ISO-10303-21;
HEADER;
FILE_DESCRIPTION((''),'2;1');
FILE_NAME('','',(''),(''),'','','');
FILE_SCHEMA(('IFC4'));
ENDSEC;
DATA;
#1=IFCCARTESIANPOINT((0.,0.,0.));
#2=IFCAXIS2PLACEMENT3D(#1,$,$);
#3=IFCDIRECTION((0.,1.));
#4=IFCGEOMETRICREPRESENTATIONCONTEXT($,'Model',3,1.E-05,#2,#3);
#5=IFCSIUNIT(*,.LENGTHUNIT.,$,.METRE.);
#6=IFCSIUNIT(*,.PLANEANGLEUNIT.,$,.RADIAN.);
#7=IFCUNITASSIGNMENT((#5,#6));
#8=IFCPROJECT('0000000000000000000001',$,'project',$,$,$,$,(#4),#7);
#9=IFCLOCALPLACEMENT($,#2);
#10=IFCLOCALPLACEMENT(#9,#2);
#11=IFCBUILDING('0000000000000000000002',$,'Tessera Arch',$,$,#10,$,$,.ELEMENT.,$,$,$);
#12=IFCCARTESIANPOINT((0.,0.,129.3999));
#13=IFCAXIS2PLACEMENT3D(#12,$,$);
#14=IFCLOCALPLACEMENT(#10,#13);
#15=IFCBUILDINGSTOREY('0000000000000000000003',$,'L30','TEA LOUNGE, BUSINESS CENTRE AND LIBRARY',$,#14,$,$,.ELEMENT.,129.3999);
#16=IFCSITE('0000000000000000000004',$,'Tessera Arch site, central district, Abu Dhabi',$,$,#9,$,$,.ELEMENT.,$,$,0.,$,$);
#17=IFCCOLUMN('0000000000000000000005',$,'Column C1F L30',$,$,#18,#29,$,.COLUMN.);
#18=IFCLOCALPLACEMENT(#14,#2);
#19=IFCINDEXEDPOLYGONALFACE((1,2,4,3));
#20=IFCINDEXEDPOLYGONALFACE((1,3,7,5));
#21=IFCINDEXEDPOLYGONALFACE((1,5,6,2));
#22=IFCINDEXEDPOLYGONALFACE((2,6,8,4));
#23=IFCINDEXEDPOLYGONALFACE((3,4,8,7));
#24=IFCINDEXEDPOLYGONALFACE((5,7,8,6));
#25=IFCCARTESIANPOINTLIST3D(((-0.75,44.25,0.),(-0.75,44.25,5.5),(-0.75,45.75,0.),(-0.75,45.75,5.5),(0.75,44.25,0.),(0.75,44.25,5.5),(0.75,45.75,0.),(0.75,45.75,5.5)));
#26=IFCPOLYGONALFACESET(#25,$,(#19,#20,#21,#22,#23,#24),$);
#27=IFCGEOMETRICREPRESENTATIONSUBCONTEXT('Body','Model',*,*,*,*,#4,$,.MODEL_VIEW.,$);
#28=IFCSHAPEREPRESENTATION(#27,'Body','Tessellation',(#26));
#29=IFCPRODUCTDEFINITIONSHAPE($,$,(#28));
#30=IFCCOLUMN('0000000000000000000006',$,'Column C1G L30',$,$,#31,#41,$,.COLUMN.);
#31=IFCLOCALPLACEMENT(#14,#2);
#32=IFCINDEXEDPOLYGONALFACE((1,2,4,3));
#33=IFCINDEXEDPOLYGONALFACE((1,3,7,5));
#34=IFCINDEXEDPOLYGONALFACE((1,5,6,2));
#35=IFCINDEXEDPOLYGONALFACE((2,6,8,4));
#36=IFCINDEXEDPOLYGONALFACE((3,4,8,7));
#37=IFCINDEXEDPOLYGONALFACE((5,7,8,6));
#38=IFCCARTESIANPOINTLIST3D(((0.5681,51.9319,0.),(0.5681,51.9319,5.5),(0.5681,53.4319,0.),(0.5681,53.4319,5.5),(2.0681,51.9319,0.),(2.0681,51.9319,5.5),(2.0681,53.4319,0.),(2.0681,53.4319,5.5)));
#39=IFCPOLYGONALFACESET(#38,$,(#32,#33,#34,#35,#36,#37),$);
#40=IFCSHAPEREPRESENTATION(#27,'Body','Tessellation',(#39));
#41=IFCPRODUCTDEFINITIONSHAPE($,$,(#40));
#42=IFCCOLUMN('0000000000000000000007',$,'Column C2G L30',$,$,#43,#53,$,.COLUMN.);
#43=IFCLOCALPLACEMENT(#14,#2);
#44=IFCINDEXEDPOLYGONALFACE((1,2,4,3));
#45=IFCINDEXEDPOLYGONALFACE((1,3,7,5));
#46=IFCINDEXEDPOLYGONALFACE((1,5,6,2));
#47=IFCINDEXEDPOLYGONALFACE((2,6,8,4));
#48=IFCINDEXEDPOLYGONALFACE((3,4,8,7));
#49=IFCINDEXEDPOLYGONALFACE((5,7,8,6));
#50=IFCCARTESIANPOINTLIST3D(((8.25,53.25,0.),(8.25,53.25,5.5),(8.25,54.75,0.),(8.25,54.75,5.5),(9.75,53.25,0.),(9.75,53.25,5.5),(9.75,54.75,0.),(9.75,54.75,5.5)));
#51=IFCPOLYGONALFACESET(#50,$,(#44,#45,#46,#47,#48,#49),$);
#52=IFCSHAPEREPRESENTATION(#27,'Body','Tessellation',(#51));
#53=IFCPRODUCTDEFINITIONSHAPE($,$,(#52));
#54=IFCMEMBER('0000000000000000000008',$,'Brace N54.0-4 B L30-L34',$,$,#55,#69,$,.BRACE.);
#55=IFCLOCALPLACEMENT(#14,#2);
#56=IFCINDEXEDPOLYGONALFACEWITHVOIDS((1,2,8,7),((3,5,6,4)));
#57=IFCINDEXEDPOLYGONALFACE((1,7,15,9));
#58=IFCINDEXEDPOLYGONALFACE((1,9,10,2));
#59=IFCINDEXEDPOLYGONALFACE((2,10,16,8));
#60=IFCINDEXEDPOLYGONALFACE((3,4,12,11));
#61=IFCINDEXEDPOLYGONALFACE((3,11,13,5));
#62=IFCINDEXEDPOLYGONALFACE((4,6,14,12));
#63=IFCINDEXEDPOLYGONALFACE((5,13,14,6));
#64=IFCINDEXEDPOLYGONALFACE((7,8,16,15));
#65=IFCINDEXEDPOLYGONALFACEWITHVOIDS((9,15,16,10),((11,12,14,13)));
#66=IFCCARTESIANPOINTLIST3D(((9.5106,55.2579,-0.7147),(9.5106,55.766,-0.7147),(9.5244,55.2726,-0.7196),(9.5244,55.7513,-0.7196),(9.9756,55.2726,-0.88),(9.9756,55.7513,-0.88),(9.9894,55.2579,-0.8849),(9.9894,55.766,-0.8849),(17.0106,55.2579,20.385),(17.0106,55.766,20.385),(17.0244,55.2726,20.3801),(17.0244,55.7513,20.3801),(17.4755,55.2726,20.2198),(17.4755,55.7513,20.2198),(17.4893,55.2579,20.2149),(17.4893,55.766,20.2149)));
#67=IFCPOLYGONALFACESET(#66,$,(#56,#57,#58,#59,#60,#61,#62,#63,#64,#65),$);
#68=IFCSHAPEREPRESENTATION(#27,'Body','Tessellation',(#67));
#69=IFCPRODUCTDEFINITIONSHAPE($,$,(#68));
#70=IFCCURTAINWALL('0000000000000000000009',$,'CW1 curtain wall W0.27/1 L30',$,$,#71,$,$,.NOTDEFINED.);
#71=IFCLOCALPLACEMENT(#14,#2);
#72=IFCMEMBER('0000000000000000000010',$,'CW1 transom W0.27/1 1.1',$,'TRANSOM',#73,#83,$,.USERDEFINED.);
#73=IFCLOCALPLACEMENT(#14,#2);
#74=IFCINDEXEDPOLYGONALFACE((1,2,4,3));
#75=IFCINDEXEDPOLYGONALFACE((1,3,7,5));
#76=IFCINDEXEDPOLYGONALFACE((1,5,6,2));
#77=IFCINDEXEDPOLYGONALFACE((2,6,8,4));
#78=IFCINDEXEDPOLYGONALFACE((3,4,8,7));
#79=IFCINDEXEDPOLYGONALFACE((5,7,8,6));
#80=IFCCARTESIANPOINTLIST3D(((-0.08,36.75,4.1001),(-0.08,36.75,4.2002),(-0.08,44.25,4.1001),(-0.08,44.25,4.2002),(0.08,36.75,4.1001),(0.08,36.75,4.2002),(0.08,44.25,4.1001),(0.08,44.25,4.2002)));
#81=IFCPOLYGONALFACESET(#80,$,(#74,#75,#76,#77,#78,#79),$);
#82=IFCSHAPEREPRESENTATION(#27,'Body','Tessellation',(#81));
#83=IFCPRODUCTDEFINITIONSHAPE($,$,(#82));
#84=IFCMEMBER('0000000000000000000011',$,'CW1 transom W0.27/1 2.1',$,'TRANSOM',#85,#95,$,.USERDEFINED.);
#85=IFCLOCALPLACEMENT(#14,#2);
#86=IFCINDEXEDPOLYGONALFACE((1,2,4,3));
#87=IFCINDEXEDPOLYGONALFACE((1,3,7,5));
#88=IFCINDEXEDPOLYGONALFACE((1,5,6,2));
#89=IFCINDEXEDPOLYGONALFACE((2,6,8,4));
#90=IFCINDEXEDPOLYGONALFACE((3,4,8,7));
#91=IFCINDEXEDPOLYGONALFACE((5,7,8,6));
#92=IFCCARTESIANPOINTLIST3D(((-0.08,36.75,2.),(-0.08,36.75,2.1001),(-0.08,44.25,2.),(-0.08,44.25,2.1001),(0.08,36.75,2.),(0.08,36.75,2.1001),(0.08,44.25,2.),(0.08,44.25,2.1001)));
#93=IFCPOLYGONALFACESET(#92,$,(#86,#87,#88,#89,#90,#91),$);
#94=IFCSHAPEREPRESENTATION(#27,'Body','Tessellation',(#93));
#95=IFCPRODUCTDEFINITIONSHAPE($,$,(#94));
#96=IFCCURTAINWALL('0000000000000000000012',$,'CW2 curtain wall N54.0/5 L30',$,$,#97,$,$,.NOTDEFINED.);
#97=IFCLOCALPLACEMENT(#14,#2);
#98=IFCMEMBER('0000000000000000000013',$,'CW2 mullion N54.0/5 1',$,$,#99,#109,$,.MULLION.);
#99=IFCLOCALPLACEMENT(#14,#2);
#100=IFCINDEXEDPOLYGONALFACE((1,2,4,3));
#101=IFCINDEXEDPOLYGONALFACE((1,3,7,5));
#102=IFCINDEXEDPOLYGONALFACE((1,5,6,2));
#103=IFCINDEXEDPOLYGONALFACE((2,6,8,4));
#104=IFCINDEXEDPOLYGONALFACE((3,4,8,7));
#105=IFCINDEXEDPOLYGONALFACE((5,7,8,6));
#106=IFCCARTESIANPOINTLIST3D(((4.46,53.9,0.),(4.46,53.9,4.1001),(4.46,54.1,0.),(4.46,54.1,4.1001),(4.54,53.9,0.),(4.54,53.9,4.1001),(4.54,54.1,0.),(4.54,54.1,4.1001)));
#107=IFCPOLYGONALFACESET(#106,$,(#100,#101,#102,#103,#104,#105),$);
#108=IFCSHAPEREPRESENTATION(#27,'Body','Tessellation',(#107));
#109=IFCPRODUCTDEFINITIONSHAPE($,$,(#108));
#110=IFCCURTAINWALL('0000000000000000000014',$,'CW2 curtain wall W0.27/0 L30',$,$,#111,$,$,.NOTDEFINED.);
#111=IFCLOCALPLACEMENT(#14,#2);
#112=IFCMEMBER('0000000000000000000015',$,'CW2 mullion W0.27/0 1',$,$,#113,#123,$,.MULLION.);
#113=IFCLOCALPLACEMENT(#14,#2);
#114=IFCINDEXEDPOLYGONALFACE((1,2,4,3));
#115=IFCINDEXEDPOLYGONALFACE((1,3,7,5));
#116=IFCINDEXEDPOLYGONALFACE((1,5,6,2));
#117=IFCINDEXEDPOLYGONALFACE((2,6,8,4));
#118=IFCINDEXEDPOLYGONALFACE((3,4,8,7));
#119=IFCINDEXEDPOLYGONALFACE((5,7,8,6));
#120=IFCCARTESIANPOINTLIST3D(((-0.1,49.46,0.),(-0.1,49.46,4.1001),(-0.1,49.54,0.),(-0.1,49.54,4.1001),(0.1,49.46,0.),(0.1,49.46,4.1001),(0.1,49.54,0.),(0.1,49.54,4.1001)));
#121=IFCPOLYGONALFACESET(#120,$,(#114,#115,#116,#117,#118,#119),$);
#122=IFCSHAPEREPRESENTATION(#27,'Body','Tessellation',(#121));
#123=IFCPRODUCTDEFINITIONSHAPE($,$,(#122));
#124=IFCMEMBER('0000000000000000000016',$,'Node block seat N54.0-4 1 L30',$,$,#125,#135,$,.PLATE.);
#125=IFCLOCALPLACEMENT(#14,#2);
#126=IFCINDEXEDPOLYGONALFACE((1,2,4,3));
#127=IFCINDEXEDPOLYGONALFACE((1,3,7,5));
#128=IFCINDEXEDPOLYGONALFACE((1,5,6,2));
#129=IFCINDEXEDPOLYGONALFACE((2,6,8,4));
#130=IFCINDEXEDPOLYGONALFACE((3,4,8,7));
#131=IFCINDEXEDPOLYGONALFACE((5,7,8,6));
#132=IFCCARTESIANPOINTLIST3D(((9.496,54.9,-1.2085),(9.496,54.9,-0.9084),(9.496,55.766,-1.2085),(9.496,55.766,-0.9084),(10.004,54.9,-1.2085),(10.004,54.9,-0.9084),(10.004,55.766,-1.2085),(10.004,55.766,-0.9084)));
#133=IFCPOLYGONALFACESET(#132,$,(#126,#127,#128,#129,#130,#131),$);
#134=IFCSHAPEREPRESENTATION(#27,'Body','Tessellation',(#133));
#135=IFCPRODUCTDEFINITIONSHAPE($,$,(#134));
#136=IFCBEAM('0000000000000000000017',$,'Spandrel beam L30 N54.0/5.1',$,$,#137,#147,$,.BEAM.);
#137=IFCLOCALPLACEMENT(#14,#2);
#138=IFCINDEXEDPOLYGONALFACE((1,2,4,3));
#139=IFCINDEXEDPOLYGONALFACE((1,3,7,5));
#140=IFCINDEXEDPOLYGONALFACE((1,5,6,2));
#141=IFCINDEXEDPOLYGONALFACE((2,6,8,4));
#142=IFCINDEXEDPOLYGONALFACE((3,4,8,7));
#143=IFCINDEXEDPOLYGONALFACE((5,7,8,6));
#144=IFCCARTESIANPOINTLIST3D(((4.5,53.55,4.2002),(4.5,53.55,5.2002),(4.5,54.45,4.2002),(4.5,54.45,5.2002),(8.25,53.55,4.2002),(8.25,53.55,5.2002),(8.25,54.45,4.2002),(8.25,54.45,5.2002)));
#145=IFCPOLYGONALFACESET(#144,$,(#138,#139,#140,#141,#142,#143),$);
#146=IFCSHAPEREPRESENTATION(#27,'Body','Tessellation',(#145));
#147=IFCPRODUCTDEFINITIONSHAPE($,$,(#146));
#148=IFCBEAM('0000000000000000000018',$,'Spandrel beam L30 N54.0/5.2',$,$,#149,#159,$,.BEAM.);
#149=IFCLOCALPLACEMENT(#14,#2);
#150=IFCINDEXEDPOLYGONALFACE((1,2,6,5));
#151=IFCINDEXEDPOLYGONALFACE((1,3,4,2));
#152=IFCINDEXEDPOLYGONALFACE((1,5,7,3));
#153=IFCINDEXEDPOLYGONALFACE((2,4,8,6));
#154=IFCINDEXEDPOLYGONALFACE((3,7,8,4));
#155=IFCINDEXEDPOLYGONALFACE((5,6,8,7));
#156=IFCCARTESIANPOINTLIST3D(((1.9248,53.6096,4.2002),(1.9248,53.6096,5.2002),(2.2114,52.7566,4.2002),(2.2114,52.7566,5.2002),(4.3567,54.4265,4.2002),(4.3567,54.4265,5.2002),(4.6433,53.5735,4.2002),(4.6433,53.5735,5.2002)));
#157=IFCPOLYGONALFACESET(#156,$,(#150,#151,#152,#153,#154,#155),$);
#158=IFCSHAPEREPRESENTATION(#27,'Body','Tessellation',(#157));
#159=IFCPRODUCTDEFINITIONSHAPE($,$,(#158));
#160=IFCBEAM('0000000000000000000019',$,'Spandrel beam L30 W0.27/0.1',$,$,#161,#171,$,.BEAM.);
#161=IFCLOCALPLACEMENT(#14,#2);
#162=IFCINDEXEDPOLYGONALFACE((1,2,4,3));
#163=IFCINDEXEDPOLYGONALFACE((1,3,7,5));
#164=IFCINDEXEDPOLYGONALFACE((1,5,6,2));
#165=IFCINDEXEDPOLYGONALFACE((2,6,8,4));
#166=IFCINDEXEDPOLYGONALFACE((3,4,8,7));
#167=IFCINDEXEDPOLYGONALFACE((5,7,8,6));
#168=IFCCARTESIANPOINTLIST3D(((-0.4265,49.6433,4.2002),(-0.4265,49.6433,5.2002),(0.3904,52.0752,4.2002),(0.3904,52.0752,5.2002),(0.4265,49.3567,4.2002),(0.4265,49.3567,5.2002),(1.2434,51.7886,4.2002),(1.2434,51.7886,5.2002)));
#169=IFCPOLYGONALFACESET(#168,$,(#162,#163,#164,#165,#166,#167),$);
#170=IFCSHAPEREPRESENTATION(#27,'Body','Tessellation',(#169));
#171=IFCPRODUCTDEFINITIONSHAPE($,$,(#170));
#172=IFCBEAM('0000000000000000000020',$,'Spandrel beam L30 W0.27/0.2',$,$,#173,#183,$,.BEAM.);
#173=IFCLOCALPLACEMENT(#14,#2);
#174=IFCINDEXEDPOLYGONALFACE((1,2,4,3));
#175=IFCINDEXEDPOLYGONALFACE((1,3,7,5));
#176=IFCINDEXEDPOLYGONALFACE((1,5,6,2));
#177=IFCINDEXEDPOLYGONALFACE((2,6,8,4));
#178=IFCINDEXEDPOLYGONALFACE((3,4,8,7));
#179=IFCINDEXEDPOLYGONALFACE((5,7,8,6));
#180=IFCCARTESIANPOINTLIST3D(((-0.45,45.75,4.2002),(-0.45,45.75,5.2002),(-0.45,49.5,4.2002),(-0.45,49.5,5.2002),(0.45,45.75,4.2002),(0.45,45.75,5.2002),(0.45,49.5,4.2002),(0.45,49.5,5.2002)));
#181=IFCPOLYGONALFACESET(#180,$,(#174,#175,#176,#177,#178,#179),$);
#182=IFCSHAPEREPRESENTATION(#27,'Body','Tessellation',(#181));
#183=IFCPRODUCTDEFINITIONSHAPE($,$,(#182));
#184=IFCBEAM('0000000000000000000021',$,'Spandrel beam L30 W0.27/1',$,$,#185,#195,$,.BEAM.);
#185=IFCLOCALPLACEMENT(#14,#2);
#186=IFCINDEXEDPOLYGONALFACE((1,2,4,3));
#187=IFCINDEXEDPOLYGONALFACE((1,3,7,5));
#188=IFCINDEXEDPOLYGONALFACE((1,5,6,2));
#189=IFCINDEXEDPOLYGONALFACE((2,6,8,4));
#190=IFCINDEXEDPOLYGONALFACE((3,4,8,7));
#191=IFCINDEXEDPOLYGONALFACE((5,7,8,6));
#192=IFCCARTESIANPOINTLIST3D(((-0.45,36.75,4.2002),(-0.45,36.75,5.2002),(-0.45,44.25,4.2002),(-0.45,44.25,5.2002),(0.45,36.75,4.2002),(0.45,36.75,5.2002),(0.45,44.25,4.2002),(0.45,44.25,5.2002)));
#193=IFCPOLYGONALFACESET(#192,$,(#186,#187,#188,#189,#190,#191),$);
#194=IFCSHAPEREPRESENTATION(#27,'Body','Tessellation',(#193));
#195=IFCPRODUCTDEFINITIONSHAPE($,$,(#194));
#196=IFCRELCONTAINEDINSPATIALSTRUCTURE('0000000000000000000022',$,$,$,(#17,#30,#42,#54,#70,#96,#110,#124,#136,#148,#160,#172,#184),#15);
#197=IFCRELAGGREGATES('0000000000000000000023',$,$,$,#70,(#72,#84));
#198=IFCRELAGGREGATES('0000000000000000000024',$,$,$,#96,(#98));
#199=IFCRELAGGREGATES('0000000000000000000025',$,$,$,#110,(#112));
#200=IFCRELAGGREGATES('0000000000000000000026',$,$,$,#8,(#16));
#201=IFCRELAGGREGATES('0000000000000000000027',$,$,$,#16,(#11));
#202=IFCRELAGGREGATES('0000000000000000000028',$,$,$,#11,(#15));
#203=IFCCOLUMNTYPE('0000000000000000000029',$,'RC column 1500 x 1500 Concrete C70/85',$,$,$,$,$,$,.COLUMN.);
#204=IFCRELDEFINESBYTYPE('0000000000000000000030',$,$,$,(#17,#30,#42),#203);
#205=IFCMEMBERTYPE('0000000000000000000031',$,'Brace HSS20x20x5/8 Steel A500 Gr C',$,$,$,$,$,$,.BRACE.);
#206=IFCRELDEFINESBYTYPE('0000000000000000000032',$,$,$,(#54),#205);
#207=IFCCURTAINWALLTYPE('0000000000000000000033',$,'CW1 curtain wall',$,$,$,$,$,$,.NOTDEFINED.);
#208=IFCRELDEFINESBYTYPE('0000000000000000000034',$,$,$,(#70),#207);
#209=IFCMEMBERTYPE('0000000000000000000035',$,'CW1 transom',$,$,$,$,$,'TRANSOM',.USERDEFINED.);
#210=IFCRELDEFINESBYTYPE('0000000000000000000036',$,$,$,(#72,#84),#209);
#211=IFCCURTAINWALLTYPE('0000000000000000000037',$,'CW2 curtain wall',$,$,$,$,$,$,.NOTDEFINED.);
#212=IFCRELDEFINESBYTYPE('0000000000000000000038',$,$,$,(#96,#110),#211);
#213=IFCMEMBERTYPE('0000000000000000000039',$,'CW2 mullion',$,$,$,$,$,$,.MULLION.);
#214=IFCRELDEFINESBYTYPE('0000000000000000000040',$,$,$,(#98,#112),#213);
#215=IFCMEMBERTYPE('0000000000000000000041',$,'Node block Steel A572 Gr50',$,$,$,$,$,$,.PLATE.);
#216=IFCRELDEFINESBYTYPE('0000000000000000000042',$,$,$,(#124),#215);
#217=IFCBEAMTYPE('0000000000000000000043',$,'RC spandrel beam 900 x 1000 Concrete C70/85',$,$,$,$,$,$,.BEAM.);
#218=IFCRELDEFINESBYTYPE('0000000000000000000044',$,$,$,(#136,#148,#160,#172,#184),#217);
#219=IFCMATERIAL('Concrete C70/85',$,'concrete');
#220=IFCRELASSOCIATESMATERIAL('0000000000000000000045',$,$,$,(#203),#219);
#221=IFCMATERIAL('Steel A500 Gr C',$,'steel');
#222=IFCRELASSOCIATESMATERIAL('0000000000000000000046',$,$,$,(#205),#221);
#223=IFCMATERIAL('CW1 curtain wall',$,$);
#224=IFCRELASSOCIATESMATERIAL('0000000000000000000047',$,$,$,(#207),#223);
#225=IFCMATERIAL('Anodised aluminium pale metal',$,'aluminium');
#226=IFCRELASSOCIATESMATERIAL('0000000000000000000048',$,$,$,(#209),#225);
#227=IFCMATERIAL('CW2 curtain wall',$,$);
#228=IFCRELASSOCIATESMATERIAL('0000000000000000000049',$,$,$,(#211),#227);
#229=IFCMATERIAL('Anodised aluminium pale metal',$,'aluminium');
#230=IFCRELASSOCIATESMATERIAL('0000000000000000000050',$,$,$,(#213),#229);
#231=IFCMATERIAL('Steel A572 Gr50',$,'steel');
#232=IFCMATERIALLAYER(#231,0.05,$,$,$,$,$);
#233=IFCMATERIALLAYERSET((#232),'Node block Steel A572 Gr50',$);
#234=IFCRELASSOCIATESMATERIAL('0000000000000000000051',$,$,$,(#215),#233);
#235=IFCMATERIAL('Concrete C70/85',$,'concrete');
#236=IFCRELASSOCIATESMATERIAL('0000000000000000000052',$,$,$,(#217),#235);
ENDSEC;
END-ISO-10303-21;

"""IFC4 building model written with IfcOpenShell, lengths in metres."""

from ifc_helpers import new_model, si_unit, direction, frame, origin, origin_2d, place, context, subcontext, project, spatial, rectangle, hollow_rectangle, extrude, material, layer, layer_set, material_profile, profile_set, type_object, element, aggregate, save


model = new_model("IFC4")

# Units and contexts
model_context = context("Model", 3, precision=1e-05, world=origin(), true_north=direction((0.0, 1.0)))
body_context = subcontext(model_context, "Body", "Model", "MODEL_VIEW")
ifc_project = project(units=[si_unit("LENGTHUNIT", "METRE"), si_unit("PLANEANGLEUNIT", "RADIAN")], contexts=[model_context])

# Site, building, storey
site_placement = place(None, origin())
site = spatial("IfcSite", under=ifc_project, at=site_placement, Name="Tessera Arch site, central district, Abu Dhabi", CompositionType="ELEMENT", RefElevation=0.0)
building_placement = place(site_placement, origin())
building = spatial("IfcBuilding", under=site, at=building_placement, Name="Tessera Arch", CompositionType="ELEMENT")
storey_placement = place(building_placement, frame((0.0, 0.0, 129.3999)))
storey = spatial("IfcBuildingStorey", under=building, at=storey_placement, Name="L30", Description="TEA LOUNGE, BUSINESS CENTRE AND LIBRARY", CompositionType="ELEMENT", Elevation=129.3999)

# Columns
ifc_material_1 = material(Name="Concrete C70/85", Category="concrete")
ifc_material_profile_1 = material_profile(ifc_material_1, rectangle(XDim=1.5, YDim=1.5, at=origin_2d()), Name="RC column 1500 x 1500 Concrete C70/85")
ifc_profile_set_1 = profile_set([ifc_material_profile_1], Name="Concrete C70/85")
column_type = type_object("IfcColumnType", Name="RC column 1500 x 1500 Concrete C70/85", PredefinedType="COLUMN", material=ifc_profile_set_1)
for number, where, z_axis, x_axis, name in (
    (1, (0.0, 45.0, 0.0), (0.0, 0.0, 1.0), (1.0, 0.0, 0.0), "Column C1F L30"),
    (2, (1.3181, 52.6819, 0.0), (0.0, 0.0, 1.0), (1.0, 0.0, 0.0), "Column C1G L30"),
    (3, (9.0, 54.0, 0.0), (0.0, 0.0, 1.0), (1.0, 0.0, 0.0), "Column C2G L30"),
):
    element("IfcColumn", number, at=place(storey_placement, frame(where, z_axis=z_axis, x_axis=x_axis)), inside=storey, type_object=column_type, Name=name, PredefinedType="COLUMN", context=body_context, shape_type="SweptSolid", body=[
        extrude(rectangle(XDim=1.5, YDim=1.5, at=origin_2d()), origin(), (0.0, 0.0, 1.0), 5.5),
    ])

# Member
ifc_material_2 = material(Name="Steel A500 Gr C", Category="steel")
ifc_material_profile_2 = material_profile(ifc_material_2, hollow_rectangle(XDim=0.5081, YDim=0.5081, WallThickness=0.0146, at=origin_2d()), Name="HSS20x20x5/8")
ifc_profile_set_2 = profile_set([ifc_material_profile_2], Name="Steel A500 Gr C")
member_type_1 = type_object("IfcMemberType", Name="Brace HSS20x20x5/8 Steel A500 Gr C", PredefinedType="BRACE", material=ifc_profile_set_2)
member_1_placement = place(storey_placement, frame((9.75, 55.512, -0.7998), z_axis=(0.334924, 0.0, 0.942245), x_axis=(0.0, 1.0, 0.0)))
element("IfcMember", 4, at=member_1_placement, inside=storey, type_object=member_type_1, Name="Brace N54.0-4 B L30-L34", PredefinedType="BRACE", context=body_context, shape_type="SweptSolid", body=[
    extrude(hollow_rectangle(XDim=0.5081, YDim=0.5081, WallThickness=0.0146, at=origin_2d()), origin(), (0.0, 0.0, 1.0), 22.3931),
])

# Curtain wall, members
ifc_material_3 = material(Name="CW1 curtain wall")
curtain_wall_type_1 = type_object("IfcCurtainWallType", Name="CW1 curtain wall", PredefinedType="NOTDEFINED", material=ifc_material_3)
curtain_wall_1_placement = place(storey_placement, origin())
curtain_wall_1 = element("IfcCurtainWall", 5, at=curtain_wall_1_placement, inside=storey, type_object=curtain_wall_type_1, Name="CW1 curtain wall W0.27/1 L30", PredefinedType="NOTDEFINED")
ifc_material_4 = material(Name="Anodised aluminium pale metal", Category="aluminium")
ifc_material_profile_3 = material_profile(ifc_material_4, rectangle(XDim=0.1599, YDim=0.1001, at=origin_2d()), Name="AL 160x100")
ifc_profile_set_3 = profile_set([ifc_material_profile_3], Name="Anodised aluminium pale metal")
member_type_2 = type_object("IfcMemberType", Name="CW1 transom", ElementType="TRANSOM", PredefinedType="USERDEFINED", material=ifc_profile_set_3)
member_2_placement = place(storey_placement, frame((0.0, 44.25, 4.1501), z_axis=(0.0, -1.0, 0.0), x_axis=(1.0, 0.0, 0.0)))
member_2 = element("IfcMember", 6, at=member_2_placement, type_object=member_type_2, Name="CW1 transom W0.27/1 1.1", ObjectType="TRANSOM", PredefinedType="USERDEFINED", context=body_context, shape_type="SweptSolid", body=[
    extrude(rectangle(XDim=0.1599, YDim=0.1001, at=origin_2d()), origin(), (0.0, 0.0, 1.0), 7.5),
])
member_3_placement = place(storey_placement, frame((0.0, 44.25, 2.05), z_axis=(0.0, -1.0, 0.0), x_axis=(1.0, 0.0, 0.0)))
member_3 = element("IfcMember", 7, at=member_3_placement, type_object=member_type_2, Name="CW1 transom W0.27/1 2.1", ObjectType="TRANSOM", PredefinedType="USERDEFINED", context=body_context, shape_type="SweptSolid", body=[
    extrude(rectangle(XDim=0.1599, YDim=0.1001, at=origin_2d()), origin(), (0.0, 0.0, 1.0), 7.5),
])
aggregate(curtain_wall_1, [member_2, member_3])

# Curtain walls, members
ifc_material_5 = material(Name="CW2 curtain wall")
curtain_wall_type_2 = type_object("IfcCurtainWallType", Name="CW2 curtain wall", PredefinedType="NOTDEFINED", material=ifc_material_5)
curtain_wall_2_placement = place(storey_placement, origin())
curtain_wall_2 = element("IfcCurtainWall", 8, at=curtain_wall_2_placement, inside=storey, type_object=curtain_wall_type_2, Name="CW2 curtain wall N54.0/5 L30", PredefinedType="NOTDEFINED")
ifc_material_6 = material(Name="Anodised aluminium pale metal", Category="aluminium")
ifc_material_profile_4 = material_profile(ifc_material_6, rectangle(XDim=0.2, YDim=0.0801, at=origin_2d()), Name="AL 80x200")
ifc_profile_set_4 = profile_set([ifc_material_profile_4], Name="Anodised aluminium pale metal")
member_type_3 = type_object("IfcMemberType", Name="CW2 mullion", PredefinedType="MULLION", material=ifc_profile_set_4)
member_4_placement = place(storey_placement, frame((4.5, 54.0, 0.0), z_axis=(0.0, 0.0, 1.0), x_axis=(0.0, -1.0, 0.0)))
member_4 = element("IfcMember", 9, at=member_4_placement, type_object=member_type_3, Name="CW2 mullion N54.0/5 1", PredefinedType="MULLION", context=body_context, shape_type="SweptSolid", body=[
    extrude(rectangle(XDim=0.2, YDim=0.0801, at=origin_2d()), origin(), (0.0, 0.0, 1.0), 4.1001),
])
curtain_wall_3_placement = place(storey_placement, origin())
curtain_wall_3 = element("IfcCurtainWall", 10, at=curtain_wall_3_placement, inside=storey, type_object=curtain_wall_type_2, Name="CW2 curtain wall W0.27/0 L30", PredefinedType="NOTDEFINED")
member_5_placement = place(storey_placement, frame((0.0, 49.5, 0.0), z_axis=(0.0, 0.0, 1.0), x_axis=(1.0, 0.0, 0.0)))
member_5 = element("IfcMember", 11, at=member_5_placement, type_object=member_type_3, Name="CW2 mullion W0.27/0 1", PredefinedType="MULLION", context=body_context, shape_type="SweptSolid", body=[
    extrude(rectangle(XDim=0.2, YDim=0.0801, at=origin_2d()), origin(), (0.0, 0.0, 1.0), 4.1001),
])

# Member
ifc_material_7 = material(Name="Steel A572 Gr50", Category="steel")
ifc_layer_1 = layer(ifc_material_7, 0.05)
ifc_layer_set_1 = layer_set([ifc_layer_1], Name="Node block Steel A572 Gr50")
member_type_4 = type_object("IfcMemberType", Name="Node block Steel A572 Gr50", PredefinedType="PLATE", material=ifc_layer_set_1)
member_6_placement = place(storey_placement, frame((9.75, 55.333, -1.2085), z_axis=(0.0, 0.0, 1.0), x_axis=(-1.0, 0.0, 0.0)))
element("IfcMember", 12, at=member_6_placement, inside=storey, type_object=member_type_4, Name="Node block seat N54.0-4 1 L30", PredefinedType="PLATE", context=body_context, shape_type="SweptSolid", body=[
    extrude(rectangle(XDim=0.5081, YDim=0.866, at=origin_2d()), origin(), (0.0, 0.0, 1.0), 0.3),
])

# Beams
ifc_material_8 = material(Name="Concrete C70/85", Category="concrete")
ifc_material_profile_5 = material_profile(ifc_material_8, rectangle(XDim=0.8999, YDim=1.0, at=origin_2d()), Name="RC spandrel beam 900 x 1000 Concrete C70/85")
ifc_profile_set_5 = profile_set([ifc_material_profile_5], Name="Concrete C70/85")
beam_type = type_object("IfcBeamType", Name="RC spandrel beam 900 x 1000 Concrete C70/85", PredefinedType="BEAM", material=ifc_profile_set_5)
beam_1_placement = place(storey_placement, frame((8.25, 54.0, 4.7002), z_axis=(-1.0, 0.0, 0.0), x_axis=(0.0, -1.0, 0.0)))
element("IfcBeam", 13, at=beam_1_placement, inside=storey, type_object=beam_type, Name="Spandrel beam L30 N54.0/5.1", PredefinedType="BEAM", context=body_context, shape_type="SweptSolid", body=[
    extrude(rectangle(XDim=0.8999, YDim=1.0, at=origin_2d()), origin(), (0.0, 0.0, 1.0), 3.75),
])
for number, where, z_axis, x_axis, name in (
    (14, (4.5, 54.0, 4.7002), (-0.947948, -0.318425, 0.0), (0.318425, -0.947948, 0.0), "Spandrel beam L30 N54.0/5.2"),
    (15, (0.8169, 51.9319, 4.7002), (-0.318425, -0.947948, 0.0), (0.947948, -0.318425, 0.0), "Spandrel beam L30 W0.27/0.1"),
):
    element("IfcBeam", number, at=place(storey_placement, frame(where, z_axis=z_axis, x_axis=x_axis)), inside=storey, type_object=beam_type, Name=name, PredefinedType="BEAM", context=body_context, shape_type="SweptSolid", body=[
        extrude(rectangle(XDim=0.8999, YDim=1.0, at=origin_2d()), origin(), (0.0, 0.0, 1.0), 2.5654),
    ])
beam_2_placement = place(storey_placement, frame((0.0, 49.5, 4.7002), z_axis=(0.0, -1.0, 0.0), x_axis=(1.0, 0.0, 0.0)))
element("IfcBeam", 16, at=beam_2_placement, inside=storey, type_object=beam_type, Name="Spandrel beam L30 W0.27/0.2", PredefinedType="BEAM", context=body_context, shape_type="SweptSolid", body=[
    extrude(rectangle(XDim=0.8999, YDim=1.0, at=origin_2d()), origin(), (0.0, 0.0, 1.0), 3.75),
])
beam_3_placement = place(storey_placement, frame((0.0, 44.25, 4.7002), z_axis=(0.0, -1.0, 0.0), x_axis=(1.0, 0.0, 0.0)))
element("IfcBeam", 17, at=beam_3_placement, inside=storey, type_object=beam_type, Name="Spandrel beam L30 W0.27/1", PredefinedType="BEAM", context=body_context, shape_type="SweptSolid", body=[
    extrude(rectangle(XDim=0.8999, YDim=1.0, at=origin_2d()), origin(), (0.0, 0.0, 1.0), 7.5),
])

aggregate(curtain_wall_2, [member_4])
aggregate(curtain_wall_3, [member_5])

save(model, "model.ifc")
